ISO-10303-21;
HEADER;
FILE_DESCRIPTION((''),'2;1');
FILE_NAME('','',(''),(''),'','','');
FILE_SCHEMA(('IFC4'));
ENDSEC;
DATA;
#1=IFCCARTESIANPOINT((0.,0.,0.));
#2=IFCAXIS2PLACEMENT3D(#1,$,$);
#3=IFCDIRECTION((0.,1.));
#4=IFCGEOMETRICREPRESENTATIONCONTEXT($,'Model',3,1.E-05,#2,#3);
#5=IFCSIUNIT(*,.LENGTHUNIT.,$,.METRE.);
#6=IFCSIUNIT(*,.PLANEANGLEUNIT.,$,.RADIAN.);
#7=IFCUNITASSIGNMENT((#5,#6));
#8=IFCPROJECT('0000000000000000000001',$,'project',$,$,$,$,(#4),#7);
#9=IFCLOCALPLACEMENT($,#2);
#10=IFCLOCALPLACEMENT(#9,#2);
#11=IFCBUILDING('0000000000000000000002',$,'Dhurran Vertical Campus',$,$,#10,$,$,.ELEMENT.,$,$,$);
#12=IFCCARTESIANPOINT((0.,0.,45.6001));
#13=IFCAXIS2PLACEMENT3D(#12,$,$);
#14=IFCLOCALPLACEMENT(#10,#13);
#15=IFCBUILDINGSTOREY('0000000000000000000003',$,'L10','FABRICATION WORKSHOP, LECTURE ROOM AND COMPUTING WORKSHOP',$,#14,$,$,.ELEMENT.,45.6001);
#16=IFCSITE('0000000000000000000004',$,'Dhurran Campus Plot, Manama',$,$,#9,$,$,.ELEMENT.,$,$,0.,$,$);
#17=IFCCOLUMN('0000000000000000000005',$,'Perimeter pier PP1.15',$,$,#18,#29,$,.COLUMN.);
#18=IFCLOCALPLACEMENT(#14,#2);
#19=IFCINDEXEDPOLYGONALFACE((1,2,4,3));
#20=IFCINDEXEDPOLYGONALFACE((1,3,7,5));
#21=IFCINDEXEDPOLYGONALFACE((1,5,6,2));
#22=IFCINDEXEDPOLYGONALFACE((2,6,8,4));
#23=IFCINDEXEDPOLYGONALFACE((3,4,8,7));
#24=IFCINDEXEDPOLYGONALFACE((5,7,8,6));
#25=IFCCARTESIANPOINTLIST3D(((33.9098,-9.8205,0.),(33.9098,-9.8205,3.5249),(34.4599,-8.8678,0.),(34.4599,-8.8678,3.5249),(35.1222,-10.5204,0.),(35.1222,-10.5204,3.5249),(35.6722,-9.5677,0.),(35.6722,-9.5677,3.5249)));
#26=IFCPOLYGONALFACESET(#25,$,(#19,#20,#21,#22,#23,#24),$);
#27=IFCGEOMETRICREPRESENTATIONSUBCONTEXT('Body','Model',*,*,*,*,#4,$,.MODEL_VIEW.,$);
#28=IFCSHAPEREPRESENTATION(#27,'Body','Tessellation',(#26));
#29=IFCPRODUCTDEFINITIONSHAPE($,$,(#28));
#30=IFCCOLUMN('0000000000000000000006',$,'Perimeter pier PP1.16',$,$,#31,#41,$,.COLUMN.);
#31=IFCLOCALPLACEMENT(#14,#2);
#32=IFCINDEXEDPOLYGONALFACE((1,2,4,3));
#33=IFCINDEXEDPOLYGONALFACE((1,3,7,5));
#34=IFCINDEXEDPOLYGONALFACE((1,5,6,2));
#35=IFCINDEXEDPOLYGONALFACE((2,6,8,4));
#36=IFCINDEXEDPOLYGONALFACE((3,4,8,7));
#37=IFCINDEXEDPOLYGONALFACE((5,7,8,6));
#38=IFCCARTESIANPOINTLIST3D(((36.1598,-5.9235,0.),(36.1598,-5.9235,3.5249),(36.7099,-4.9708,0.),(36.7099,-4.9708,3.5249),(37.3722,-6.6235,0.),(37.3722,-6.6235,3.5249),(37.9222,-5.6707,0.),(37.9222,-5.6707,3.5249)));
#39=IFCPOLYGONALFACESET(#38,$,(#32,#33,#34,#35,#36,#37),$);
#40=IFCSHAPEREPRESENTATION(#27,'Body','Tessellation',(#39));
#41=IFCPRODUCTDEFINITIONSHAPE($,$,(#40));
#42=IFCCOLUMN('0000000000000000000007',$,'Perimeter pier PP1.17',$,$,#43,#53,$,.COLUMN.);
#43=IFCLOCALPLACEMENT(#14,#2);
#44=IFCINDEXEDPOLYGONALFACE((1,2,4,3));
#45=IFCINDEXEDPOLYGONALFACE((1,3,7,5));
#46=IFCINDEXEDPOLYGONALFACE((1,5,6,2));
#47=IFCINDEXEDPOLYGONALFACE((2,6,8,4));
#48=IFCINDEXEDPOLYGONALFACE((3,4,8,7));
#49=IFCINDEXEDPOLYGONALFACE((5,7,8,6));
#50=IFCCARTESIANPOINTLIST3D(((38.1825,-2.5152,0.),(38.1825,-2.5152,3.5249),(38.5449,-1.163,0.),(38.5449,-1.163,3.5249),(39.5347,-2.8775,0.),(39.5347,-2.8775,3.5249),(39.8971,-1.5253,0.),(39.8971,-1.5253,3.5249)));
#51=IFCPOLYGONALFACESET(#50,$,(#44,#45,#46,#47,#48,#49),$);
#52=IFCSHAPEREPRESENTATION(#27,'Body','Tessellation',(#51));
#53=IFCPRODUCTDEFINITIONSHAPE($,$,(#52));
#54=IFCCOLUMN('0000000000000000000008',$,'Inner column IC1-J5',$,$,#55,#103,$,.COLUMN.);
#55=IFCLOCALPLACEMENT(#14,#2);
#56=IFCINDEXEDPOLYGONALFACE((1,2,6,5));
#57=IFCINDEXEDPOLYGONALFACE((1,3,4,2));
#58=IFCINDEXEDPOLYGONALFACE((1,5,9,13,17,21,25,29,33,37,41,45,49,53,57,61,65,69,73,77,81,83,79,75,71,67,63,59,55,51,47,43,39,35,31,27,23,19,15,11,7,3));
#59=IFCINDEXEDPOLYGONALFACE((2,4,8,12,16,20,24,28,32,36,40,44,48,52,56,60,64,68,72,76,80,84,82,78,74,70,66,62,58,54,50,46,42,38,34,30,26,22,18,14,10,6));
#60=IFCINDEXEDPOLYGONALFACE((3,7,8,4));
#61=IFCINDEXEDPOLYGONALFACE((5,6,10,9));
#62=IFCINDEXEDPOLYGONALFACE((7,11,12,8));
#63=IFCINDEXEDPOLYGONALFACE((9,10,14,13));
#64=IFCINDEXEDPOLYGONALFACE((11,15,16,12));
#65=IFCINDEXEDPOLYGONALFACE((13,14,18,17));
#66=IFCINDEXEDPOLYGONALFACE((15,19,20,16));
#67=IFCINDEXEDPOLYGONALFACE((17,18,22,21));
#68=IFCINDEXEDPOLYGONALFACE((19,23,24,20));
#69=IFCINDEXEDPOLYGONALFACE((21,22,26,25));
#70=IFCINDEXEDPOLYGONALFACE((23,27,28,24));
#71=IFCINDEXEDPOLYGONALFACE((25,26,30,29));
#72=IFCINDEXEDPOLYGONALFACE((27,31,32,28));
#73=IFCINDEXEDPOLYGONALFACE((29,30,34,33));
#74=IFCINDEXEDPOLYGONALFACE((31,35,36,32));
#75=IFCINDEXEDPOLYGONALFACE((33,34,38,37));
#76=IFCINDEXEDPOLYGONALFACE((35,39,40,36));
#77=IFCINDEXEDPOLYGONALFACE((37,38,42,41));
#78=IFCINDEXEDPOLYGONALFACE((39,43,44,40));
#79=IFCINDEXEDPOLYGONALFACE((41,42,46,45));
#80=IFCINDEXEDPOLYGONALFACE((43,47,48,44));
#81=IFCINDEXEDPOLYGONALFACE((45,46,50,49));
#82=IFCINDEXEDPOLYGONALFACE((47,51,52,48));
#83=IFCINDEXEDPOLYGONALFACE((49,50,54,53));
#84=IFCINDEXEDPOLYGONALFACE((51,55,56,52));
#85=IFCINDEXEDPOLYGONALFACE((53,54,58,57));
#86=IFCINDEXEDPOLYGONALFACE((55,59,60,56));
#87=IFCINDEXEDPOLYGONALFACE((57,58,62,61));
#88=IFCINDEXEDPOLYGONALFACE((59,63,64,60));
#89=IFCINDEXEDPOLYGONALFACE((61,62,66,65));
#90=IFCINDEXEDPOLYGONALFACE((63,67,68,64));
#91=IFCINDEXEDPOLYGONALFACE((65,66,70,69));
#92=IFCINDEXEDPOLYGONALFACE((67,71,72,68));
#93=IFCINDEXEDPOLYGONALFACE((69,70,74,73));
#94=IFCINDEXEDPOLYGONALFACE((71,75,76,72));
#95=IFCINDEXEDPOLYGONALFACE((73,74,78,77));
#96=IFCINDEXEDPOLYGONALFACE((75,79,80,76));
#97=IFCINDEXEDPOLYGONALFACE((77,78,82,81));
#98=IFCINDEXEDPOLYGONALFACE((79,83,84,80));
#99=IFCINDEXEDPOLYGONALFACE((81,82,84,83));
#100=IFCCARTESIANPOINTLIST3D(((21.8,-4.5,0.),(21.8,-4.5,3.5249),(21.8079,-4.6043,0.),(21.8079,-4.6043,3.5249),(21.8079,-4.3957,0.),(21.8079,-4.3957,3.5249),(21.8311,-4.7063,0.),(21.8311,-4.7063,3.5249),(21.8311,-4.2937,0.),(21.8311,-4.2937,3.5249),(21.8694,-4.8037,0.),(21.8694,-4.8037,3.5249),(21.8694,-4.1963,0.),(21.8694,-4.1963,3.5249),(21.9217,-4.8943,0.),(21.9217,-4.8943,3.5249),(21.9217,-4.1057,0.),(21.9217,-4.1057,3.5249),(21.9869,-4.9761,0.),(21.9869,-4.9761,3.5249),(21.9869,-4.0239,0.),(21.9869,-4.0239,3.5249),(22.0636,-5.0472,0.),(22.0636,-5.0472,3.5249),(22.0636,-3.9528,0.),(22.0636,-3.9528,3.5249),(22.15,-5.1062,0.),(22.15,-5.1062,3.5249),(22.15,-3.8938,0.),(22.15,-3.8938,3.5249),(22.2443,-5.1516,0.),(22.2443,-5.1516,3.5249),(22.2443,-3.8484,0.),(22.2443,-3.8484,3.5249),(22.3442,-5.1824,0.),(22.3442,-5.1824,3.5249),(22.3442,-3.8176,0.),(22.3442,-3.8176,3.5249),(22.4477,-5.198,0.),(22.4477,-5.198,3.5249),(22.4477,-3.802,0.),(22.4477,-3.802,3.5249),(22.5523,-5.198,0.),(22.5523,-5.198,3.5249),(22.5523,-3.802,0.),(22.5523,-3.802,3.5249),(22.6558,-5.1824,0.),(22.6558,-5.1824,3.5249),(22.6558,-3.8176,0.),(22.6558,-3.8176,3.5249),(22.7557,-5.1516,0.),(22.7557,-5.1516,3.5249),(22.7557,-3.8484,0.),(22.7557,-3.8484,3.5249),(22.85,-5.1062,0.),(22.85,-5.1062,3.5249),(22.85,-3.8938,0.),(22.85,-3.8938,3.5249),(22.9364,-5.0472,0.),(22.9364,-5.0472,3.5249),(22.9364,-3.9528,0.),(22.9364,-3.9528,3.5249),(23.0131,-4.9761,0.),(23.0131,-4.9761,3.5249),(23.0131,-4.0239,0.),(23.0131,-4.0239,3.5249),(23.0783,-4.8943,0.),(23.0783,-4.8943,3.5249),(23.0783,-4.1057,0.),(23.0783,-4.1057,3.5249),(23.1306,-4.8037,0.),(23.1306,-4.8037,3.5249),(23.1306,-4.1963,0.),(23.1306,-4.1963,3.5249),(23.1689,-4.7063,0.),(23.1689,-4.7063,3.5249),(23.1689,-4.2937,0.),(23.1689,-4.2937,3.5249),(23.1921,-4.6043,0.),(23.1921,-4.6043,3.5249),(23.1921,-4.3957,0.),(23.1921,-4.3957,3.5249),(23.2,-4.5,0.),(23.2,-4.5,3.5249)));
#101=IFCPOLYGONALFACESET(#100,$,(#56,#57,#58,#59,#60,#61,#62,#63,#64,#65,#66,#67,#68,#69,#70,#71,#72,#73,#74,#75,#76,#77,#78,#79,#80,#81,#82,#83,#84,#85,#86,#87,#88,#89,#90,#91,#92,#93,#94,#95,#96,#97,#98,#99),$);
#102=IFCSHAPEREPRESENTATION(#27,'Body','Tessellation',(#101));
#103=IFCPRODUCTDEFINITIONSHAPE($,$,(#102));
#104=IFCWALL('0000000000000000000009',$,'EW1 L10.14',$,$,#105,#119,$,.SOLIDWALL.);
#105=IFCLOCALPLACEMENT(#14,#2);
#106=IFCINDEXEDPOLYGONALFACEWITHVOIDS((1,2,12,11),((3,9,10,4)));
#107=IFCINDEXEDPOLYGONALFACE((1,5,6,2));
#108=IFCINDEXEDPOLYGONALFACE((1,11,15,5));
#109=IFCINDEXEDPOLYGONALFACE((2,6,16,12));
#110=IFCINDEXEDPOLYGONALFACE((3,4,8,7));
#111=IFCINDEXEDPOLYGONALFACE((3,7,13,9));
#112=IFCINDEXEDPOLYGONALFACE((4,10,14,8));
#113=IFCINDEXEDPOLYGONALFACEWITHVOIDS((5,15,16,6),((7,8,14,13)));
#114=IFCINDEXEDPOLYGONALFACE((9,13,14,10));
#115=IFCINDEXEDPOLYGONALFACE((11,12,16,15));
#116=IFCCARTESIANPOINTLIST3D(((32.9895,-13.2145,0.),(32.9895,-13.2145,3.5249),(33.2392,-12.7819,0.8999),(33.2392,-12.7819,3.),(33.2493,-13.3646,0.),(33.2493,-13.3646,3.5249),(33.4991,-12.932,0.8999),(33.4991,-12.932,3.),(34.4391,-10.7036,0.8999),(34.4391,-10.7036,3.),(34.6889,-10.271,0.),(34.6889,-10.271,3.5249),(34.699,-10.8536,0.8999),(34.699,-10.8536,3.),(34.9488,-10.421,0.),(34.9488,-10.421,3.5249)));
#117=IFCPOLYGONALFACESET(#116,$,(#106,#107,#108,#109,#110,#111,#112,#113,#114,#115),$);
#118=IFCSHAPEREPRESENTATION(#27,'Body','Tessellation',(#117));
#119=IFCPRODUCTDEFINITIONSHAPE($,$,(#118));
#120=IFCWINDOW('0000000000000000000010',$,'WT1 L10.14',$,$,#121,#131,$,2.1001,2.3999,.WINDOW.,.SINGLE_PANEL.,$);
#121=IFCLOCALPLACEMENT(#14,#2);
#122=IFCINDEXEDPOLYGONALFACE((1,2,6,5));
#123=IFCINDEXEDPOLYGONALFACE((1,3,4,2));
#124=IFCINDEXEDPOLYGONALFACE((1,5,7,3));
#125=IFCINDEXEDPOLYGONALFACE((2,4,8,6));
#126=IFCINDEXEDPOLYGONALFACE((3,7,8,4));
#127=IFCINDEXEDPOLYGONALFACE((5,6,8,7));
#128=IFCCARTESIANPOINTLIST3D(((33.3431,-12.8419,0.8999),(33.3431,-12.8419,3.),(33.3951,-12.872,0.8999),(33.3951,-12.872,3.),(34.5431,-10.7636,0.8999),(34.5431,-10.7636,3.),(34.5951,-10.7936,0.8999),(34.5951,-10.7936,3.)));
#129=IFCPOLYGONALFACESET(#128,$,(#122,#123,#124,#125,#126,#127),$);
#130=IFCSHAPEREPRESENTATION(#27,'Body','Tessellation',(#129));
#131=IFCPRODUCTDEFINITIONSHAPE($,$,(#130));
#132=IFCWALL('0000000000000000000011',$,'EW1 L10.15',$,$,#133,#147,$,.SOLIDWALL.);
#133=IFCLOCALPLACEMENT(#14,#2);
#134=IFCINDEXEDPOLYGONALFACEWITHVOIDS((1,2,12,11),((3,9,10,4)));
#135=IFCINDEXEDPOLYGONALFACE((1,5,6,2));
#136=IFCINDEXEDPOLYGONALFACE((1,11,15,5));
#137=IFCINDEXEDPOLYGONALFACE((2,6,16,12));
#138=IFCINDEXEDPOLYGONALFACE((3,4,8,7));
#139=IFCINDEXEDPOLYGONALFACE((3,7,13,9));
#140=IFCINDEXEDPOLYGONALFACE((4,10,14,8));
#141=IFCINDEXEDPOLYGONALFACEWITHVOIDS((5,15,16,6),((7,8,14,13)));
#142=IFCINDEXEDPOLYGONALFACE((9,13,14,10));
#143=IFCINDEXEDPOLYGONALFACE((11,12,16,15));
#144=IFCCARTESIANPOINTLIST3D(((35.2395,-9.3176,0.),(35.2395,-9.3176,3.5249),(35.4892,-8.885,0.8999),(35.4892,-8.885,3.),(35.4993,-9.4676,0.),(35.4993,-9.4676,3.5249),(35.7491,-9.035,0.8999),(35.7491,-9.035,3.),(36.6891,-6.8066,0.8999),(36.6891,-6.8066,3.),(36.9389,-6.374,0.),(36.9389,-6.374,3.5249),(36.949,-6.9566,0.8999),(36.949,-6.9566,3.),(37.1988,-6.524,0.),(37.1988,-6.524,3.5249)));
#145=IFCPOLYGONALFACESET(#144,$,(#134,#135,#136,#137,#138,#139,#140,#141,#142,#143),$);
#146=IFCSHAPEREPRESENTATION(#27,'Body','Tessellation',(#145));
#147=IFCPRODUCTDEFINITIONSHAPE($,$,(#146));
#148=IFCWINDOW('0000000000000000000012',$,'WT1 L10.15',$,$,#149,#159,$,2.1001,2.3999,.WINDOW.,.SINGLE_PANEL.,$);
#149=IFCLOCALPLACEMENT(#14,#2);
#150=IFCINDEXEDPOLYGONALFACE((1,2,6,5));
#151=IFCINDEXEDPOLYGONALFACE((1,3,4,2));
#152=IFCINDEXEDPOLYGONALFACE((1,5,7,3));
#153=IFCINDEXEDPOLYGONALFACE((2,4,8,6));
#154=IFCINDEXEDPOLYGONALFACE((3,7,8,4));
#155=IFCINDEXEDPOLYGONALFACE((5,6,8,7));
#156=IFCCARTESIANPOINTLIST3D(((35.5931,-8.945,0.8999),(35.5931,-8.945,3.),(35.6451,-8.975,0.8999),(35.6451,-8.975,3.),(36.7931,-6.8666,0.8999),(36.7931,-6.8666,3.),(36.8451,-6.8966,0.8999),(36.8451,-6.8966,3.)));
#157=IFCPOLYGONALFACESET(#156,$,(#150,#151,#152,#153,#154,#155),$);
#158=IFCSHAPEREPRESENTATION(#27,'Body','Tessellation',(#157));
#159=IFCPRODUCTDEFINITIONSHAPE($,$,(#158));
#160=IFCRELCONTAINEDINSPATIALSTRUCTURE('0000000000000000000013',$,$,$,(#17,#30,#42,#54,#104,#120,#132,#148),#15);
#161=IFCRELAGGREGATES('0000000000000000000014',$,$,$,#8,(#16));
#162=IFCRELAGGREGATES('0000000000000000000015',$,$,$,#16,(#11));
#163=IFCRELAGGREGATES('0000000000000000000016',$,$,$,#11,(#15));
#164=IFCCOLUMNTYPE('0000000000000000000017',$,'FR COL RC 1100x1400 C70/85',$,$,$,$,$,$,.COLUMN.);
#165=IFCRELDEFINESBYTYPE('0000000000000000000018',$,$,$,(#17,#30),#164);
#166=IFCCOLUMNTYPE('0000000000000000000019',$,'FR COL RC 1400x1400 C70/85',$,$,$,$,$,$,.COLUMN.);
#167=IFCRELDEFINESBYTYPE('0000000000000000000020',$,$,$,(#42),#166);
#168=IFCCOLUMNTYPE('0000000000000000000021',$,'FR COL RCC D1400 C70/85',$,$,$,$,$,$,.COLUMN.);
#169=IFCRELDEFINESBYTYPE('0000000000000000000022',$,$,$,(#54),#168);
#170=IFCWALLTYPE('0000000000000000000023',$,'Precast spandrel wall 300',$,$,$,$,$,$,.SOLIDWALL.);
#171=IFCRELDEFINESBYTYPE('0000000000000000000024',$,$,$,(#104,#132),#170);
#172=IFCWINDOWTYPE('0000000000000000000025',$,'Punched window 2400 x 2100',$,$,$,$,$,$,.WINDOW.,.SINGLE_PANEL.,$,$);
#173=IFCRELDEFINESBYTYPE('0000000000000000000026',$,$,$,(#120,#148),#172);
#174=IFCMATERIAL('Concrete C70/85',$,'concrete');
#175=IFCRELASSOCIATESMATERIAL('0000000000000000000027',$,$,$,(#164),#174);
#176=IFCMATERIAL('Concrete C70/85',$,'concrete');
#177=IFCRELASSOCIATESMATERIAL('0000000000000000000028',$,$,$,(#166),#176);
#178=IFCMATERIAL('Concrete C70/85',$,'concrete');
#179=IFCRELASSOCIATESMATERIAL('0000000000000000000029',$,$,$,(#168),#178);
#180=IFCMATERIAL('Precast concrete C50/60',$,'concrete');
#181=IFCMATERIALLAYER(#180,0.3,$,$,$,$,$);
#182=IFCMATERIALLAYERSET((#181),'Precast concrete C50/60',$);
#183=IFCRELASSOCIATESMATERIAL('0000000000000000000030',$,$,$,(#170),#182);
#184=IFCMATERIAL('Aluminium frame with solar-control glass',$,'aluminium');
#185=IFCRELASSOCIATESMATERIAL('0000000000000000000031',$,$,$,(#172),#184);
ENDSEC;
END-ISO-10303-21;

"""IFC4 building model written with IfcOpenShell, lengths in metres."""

from ifc_helpers import new_model, si_unit, direction, frame, frame_2d, origin, origin_2d, place, context, subcontext, project, spatial, rectangle, circle, extrude, material, layer, layer_set, material_profile, profile_set, type_object, element, fill, save


model = new_model("IFC4")

# Units and contexts
model_context = context("Model", 3, precision=1e-05, world=origin(), true_north=direction((0.0, 1.0)))
body_context = subcontext(model_context, "Body", "Model", "MODEL_VIEW")
ifc_project = project(units=[si_unit("LENGTHUNIT", "METRE"), si_unit("PLANEANGLEUNIT", "RADIAN")], contexts=[model_context])

# Site, building, storey
site_placement = place(None, origin())
site = spatial("IfcSite", under=ifc_project, at=site_placement, Name="Dhurran Campus Plot, Manama", CompositionType="ELEMENT", RefElevation=0.0)
building_placement = place(site_placement, origin())
building = spatial("IfcBuilding", under=site, at=building_placement, Name="Dhurran Vertical Campus", CompositionType="ELEMENT")
storey_placement = place(building_placement, frame((0.0, 0.0, 45.6001)))
storey = spatial("IfcBuildingStorey", under=building, at=storey_placement, Name="L10", Description="FABRICATION WORKSHOP, LECTURE ROOM AND COMPUTING WORKSHOP", CompositionType="ELEMENT", Elevation=45.6001)

# Columns
ifc_material_1 = material(Name="Concrete C70/85", Category="concrete")
ifc_material_profile_1 = material_profile(ifc_material_1, rectangle(XDim=1.1001, YDim=1.3999, at=origin_2d()), Name="RC 1100x1400")
ifc_profile_set_1 = profile_set([ifc_material_profile_1], Name="Concrete C70/85")
column_type_1 = type_object("IfcColumnType", Name="FR COL RC 1100x1400 C70/85", PredefinedType="COLUMN", material=ifc_profile_set_1)
for number, where, z_axis, x_axis, name in (
    (1, (34.791, -9.6941, 0.0), (0.0, 0.0, 1.0), (0.5, 0.866025, 0.0), "Perimeter pier PP1.15"),
    (2, (37.041, -5.7971, 0.0), (0.0, 0.0, 1.0), (0.5, 0.866025, 0.0), "Perimeter pier PP1.16"),
):
    element("IfcColumn", number, at=place(storey_placement, frame(where, z_axis=z_axis, x_axis=x_axis)), inside=storey, type_object=column_type_1, Name=name, PredefinedType="COLUMN", context=body_context, shape_type="SweptSolid", body=[
        extrude(rectangle(XDim=1.1001, YDim=1.3999, at=origin_2d()), origin(), (0.0, 0.0, 1.0), 3.5249),
    ])
ifc_material_2 = material(Name="Concrete C70/85", Category="concrete")
ifc_material_profile_2 = material_profile(ifc_material_2, rectangle(XDim=1.3999, YDim=1.3999, at=origin_2d()), Name="RC 1400x1400")
ifc_profile_set_2 = profile_set([ifc_material_profile_2], Name="Concrete C70/85")
column_type_2 = type_object("IfcColumnType", Name="FR COL RC 1400x1400 C70/85", PredefinedType="COLUMN", material=ifc_profile_set_2)
column_1_placement = place(storey_placement, frame((39.0398, -2.0203, 0.0), z_axis=(0.0, 0.0, 1.0), x_axis=(0.258819, 0.965926, 0.0)))
element("IfcColumn", 3, at=column_1_placement, inside=storey, type_object=column_type_2, Name="Perimeter pier PP1.17", PredefinedType="COLUMN", context=body_context, shape_type="SweptSolid", body=[
    extrude(rectangle(XDim=1.3999, YDim=1.3999, at=origin_2d()), origin(), (0.0, 0.0, 1.0), 3.5249),
])
ifc_material_3 = material(Name="Concrete C70/85", Category="concrete")
ifc_material_profile_3 = material_profile(ifc_material_3, circle(Radius=0.7, at=origin_2d()), Name="RCC D1400")
ifc_profile_set_3 = profile_set([ifc_material_profile_3], Name="Concrete C70/85")
column_type_3 = type_object("IfcColumnType", Name="FR COL RCC D1400 C70/85", PredefinedType="COLUMN", material=ifc_profile_set_3)
column_2_placement = place(storey_placement, frame((22.5, -4.5, 0.0), z_axis=(0.0, 0.0, 1.0), x_axis=(1.0, 0.0, 0.0)))
element("IfcColumn", 4, at=column_2_placement, inside=storey, type_object=column_type_3, Name="Inner column IC1-J5", PredefinedType="COLUMN", context=body_context, shape_type="SweptSolid", body=[
    extrude(circle(Radius=0.7, at=origin_2d()), origin(), (0.0, 0.0, 1.0), 3.5249),
])

# Walls, openings, windows
ifc_material_4 = material(Name="Precast concrete C50/60", Category="concrete")
ifc_layer_1 = layer(ifc_material_4, 0.3)
ifc_layer_set_1 = layer_set([ifc_layer_1], Name="Precast concrete C50/60")
wall_type_1 = type_object("IfcWallType", Name="Precast spandrel wall 300", PredefinedType="SOLIDWALL", material=ifc_layer_set_1)
wall_1_placement = place(storey_placement, frame((33.1194, -13.2896, 0.0), z_axis=(0.0, 0.0, 1.0), x_axis=(0.499994, 0.866029, 0.0)))
wall_1 = element("IfcWall", 5, at=wall_1_placement, inside=storey, type_object=wall_type_1, Name="EW1 L10.14", PredefinedType="SOLIDWALL", context=body_context, shape_type="SweptSolid", body=[
    extrude(rectangle(XDim=3.3989, YDim=0.3, at=frame_2d((1.6995, 0.0))), origin(), (0.0, 0.0, 1.0), 3.5249),
])
opening_1_placement = place(wall_1_placement, frame((0.4995, 0.0, 0.8999)))
opening_1 = element("IfcOpeningElement", 6, at=opening_1_placement, cuts=wall_1, PredefinedType="OPENING", context=body_context, shape_type="SweptSolid", body=[
    extrude(rectangle(XDim=2.3999, YDim=2.1001, at=frame_2d((1.2, 1.05))), frame((0.0, 0.1599, 0.0), z_axis=(0.0, -1.0, 0.0), x_axis=(1.0, 0.0, 0.0)), (0.0, 0.0, 1.0), 0.3201),
])
ifc_material_5 = material(Name="Aluminium frame with solar-control glass", Category="aluminium")
window_type = type_object("IfcWindowType", Name="Punched window 2400 x 2100", PartitioningType="SINGLE_PANEL", PredefinedType="WINDOW", material=ifc_material_5)
window_1_placement = place(opening_1_placement, origin())
window_1 = element("IfcWindow", 7, at=window_1_placement, inside=storey, type_object=window_type, Name="WT1 L10.14", OverallHeight=2.1001, OverallWidth=2.3999, PartitioningType="SINGLE_PANEL", PredefinedType="WINDOW", context=body_context, shape_type="SweptSolid", body=[
    extrude(rectangle(XDim=2.3999, YDim=2.1001, at=frame_2d((1.2, 1.05))), frame((0.0, 0.03, 0.0), z_axis=(0.0, -1.0, 0.0), x_axis=(1.0, 0.0, 0.0)), (0.0, 0.0, 1.0), 0.0601),
])
fill(opening_1, window_1)
wall_2_placement = place(storey_placement, frame((35.3694, -9.3926, 0.0), z_axis=(0.0, 0.0, 1.0), x_axis=(0.499994, 0.866029, 0.0)))
wall_2 = element("IfcWall", 8, at=wall_2_placement, inside=storey, type_object=wall_type_1, Name="EW1 L10.15", PredefinedType="SOLIDWALL", context=body_context, shape_type="SweptSolid", body=[
    extrude(rectangle(XDim=3.3989, YDim=0.3, at=frame_2d((1.6995, 0.0))), origin(), (0.0, 0.0, 1.0), 3.5249),
])
opening_2_placement = place(wall_2_placement, frame((0.4995, 0.0, 0.8999)))
opening_2 = element("IfcOpeningElement", 9, at=opening_2_placement, cuts=wall_2, PredefinedType="OPENING", context=body_context, shape_type="SweptSolid", body=[
    extrude(rectangle(XDim=2.3999, YDim=2.1001, at=frame_2d((1.2, 1.05))), frame((0.0, 0.1599, 0.0), z_axis=(0.0, -1.0, 0.0), x_axis=(1.0, 0.0, 0.0)), (0.0, 0.0, 1.0), 0.3201),
])
window_2_placement = place(opening_2_placement, origin())
window_2 = element("IfcWindow", 10, at=window_2_placement, inside=storey, type_object=window_type, Name="WT1 L10.15", OverallHeight=2.1001, OverallWidth=2.3999, PartitioningType="SINGLE_PANEL", PredefinedType="WINDOW", context=body_context, shape_type="SweptSolid", body=[
    extrude(rectangle(XDim=2.3999, YDim=2.1001, at=frame_2d((1.2, 1.05))), frame((0.0, 0.03, 0.0), z_axis=(0.0, -1.0, 0.0), x_axis=(1.0, 0.0, 0.0)), (0.0, 0.0, 1.0), 0.0601),
])
fill(opening_2, window_2)

save(model, "model.ifc")
